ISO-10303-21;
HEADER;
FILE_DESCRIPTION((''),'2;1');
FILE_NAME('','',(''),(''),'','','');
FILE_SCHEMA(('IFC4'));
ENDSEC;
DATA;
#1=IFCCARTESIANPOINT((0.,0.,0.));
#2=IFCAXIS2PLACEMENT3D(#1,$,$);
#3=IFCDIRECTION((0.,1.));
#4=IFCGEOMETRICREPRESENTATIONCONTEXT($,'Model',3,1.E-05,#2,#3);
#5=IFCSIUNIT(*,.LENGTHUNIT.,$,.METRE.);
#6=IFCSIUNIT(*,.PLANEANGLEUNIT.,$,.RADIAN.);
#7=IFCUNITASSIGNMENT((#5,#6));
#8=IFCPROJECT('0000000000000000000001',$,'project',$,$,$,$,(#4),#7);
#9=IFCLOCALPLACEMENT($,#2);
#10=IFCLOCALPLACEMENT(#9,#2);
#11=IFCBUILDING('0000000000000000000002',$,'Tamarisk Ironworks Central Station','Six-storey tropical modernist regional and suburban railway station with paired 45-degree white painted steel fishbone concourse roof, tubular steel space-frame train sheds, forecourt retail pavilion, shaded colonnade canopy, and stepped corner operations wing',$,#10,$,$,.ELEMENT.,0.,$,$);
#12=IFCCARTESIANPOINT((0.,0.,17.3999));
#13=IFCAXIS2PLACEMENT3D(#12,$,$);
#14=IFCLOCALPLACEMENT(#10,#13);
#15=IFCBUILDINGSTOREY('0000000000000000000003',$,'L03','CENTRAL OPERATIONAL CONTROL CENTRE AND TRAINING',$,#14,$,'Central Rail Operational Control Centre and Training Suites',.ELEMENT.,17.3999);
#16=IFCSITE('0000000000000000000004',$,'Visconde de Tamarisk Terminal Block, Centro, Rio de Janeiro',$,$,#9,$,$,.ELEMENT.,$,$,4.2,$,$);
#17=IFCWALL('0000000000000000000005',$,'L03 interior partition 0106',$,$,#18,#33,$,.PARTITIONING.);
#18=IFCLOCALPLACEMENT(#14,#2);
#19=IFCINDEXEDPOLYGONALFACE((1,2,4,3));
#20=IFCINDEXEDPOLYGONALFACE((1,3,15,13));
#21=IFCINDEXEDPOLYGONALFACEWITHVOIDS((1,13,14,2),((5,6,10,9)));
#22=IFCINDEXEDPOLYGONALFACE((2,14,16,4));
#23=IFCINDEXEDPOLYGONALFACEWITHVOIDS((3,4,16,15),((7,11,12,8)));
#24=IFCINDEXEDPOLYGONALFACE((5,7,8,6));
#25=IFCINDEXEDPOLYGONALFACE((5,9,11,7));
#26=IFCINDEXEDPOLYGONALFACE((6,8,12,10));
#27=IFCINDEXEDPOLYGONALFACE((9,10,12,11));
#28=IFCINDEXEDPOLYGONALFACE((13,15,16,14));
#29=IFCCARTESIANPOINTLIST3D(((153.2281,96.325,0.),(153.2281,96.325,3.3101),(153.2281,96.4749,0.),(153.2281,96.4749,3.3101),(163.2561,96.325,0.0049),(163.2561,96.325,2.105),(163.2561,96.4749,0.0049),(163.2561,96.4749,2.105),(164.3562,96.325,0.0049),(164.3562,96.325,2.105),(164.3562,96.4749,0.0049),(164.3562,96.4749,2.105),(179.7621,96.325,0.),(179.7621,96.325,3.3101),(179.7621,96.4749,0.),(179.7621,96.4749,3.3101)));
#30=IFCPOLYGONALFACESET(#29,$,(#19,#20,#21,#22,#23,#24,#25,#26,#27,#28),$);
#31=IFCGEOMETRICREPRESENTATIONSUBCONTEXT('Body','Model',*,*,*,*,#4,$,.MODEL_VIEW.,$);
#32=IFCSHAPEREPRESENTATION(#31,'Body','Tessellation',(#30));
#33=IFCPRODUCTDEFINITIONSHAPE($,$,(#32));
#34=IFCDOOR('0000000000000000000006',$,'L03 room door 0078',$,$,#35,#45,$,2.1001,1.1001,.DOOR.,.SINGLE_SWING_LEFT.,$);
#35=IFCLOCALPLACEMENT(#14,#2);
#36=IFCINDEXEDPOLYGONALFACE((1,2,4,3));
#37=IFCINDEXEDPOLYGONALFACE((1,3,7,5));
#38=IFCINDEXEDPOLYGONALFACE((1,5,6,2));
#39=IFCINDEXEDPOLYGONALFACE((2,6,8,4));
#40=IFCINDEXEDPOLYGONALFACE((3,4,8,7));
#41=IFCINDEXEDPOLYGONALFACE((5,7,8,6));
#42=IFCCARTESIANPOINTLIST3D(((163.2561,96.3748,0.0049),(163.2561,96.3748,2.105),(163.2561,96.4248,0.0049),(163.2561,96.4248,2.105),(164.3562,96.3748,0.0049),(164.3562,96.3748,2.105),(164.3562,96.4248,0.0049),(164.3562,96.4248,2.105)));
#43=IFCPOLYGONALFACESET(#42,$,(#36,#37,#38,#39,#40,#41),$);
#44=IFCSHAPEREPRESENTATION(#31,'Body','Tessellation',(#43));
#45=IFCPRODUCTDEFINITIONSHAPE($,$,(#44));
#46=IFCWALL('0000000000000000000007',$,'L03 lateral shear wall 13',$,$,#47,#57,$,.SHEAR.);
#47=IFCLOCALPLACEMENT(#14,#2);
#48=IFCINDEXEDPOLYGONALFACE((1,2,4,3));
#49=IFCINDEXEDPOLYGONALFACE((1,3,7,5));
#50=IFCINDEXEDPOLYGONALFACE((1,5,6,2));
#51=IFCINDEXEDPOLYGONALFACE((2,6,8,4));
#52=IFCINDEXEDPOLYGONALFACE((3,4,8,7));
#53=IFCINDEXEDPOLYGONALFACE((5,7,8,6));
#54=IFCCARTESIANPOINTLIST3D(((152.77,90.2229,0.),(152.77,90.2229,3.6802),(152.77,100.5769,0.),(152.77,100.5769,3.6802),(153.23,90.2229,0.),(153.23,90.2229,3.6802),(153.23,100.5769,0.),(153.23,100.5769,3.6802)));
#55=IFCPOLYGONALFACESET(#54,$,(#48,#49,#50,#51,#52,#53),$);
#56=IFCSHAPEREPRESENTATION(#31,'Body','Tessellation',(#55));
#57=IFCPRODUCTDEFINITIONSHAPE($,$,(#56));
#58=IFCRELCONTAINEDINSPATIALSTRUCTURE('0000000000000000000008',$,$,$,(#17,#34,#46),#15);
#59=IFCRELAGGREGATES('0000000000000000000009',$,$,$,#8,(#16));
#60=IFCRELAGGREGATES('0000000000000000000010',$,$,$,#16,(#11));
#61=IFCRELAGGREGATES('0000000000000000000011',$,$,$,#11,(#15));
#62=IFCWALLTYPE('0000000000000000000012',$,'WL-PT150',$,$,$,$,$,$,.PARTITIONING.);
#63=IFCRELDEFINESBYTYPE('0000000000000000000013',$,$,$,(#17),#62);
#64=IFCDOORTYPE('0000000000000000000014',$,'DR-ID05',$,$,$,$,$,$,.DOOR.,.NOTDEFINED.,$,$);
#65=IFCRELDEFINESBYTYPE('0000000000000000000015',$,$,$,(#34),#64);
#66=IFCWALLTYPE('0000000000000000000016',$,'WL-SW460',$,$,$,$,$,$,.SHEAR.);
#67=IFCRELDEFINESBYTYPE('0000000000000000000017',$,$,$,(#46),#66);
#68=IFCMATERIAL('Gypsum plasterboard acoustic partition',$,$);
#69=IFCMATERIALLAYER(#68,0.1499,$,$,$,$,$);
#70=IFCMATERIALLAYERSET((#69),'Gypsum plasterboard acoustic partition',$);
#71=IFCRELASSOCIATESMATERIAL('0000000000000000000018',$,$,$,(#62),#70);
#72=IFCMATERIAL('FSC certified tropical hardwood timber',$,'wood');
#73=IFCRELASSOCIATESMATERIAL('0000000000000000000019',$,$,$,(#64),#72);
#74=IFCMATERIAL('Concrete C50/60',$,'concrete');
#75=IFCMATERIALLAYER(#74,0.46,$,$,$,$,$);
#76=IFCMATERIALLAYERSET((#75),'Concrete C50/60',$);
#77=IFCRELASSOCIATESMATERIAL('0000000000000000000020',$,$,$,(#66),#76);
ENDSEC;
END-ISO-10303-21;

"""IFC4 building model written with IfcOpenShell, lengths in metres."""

from ifc_helpers import new_model, si_unit, direction, frame, frame_2d, origin, place, context, subcontext, project, spatial, rectangle, extrude, material, layer, layer_set, type_object, element, fill, save


model = new_model("IFC4")

# Units and contexts
model_context = context("Model", 3, precision=1e-05, world=origin(), true_north=direction((0.0, 1.0)))
body_context = subcontext(model_context, "Body", "Model", "MODEL_VIEW")
ifc_project = project(units=[si_unit("LENGTHUNIT", "METRE"), si_unit("PLANEANGLEUNIT", "RADIAN")], contexts=[model_context])

# Site, building, storey
site_placement = place(None, origin())
site = spatial("IfcSite", under=ifc_project, at=site_placement, Name="Visconde de Tamarisk Terminal Block, Centro, Rio de Janeiro", CompositionType="ELEMENT", RefElevation=4.2)
building_placement = place(site_placement, origin())
building = spatial("IfcBuilding", under=site, at=building_placement, Name="Tamarisk Ironworks Central Station", Description="Six-storey tropical modernist regional and suburban railway station with paired 45-degree white painted steel fishbone concourse roof, tubular steel space-frame train sheds, forecourt retail pavilion, shaded colonnade canopy, and stepped corner operations wing", CompositionType="ELEMENT", ElevationOfRefHeight=0.0)
storey_placement = place(building_placement, frame((0.0, 0.0, 17.3999)))
storey = spatial("IfcBuildingStorey", under=building, at=storey_placement, Name="L03", Description="CENTRAL OPERATIONAL CONTROL CENTRE AND TRAINING", LongName="Central Rail Operational Control Centre and Training Suites", CompositionType="ELEMENT", Elevation=17.3999)

# Shared definitions
ifc_material_1 = material(Name="Gypsum plasterboard acoustic partition")

# Wall, opening, door
ifc_layer_1 = layer(ifc_material_1, 0.1499)
ifc_layer_set_1 = layer_set([ifc_layer_1], Name="Gypsum plasterboard acoustic partition")
wall_type_1 = type_object("IfcWallType", Name="WL-PT150", PredefinedType="PARTITIONING", material=ifc_layer_set_1)
ifc_material_2 = material(Name="FSC certified tropical hardwood timber", Category="wood")
door_type = type_object("IfcDoorType", Name="DR-ID05", OperationType="NOTDEFINED", PredefinedType="DOOR", material=ifc_material_2)
wall_1_placement = place(storey_placement, frame((153.228, 96.3999, 0.0), z_axis=(0.0, 0.0, 1.0), x_axis=(1.0, 0.0, 0.0)))
wall_1 = element("IfcWall", 1, at=wall_1_placement, inside=storey, type_object=wall_type_1, Name="L03 interior partition 0106", PredefinedType="PARTITIONING", context=body_context, shape_type="SweptSolid", body=[
    extrude(rectangle(XDim=26.5339, YDim=0.1499, at=frame_2d((13.2671, 0.0))), origin(), (0.0, 0.0, 1.0), 3.3101),
])
opening_1_placement = place(wall_1_placement, frame((10.0281, 0.0, 0.0049)))
opening_1 = element("IfcOpeningElement", 2, at=opening_1_placement, cuts=wall_1, PredefinedType="OPENING", context=body_context, shape_type="SweptSolid", body=[
    extrude(rectangle(XDim=1.1001, YDim=2.1001, at=frame_2d((0.55, 1.05))), frame((0.0, 0.0869, 0.0), z_axis=(0.0, -1.0, 0.0), x_axis=(1.0, 0.0, 0.0)), (0.0, 0.0, 1.0), 0.1738),
])
door_1_placement = place(opening_1_placement, origin())
door_1 = element("IfcDoor", 3, at=door_1_placement, inside=storey, type_object=door_type, Name="L03 room door 0078", OperationType="SINGLE_SWING_LEFT", OverallHeight=2.1001, OverallWidth=1.1001, PredefinedType="DOOR", context=body_context, shape_type="SweptSolid", body=[
    extrude(rectangle(XDim=1.1001, YDim=2.1001, at=frame_2d((0.55, 1.05))), frame((0.0, 0.0249, 0.0), z_axis=(0.0, -1.0, 0.0), x_axis=(1.0, 0.0, 0.0)), (0.0, 0.0, 1.0), 0.05),
])
fill(opening_1, door_1)

# Wall
ifc_material_3 = material(Name="Concrete C50/60", Category="concrete")
ifc_layer_2 = layer(ifc_material_3, 0.46)
ifc_layer_set_2 = layer_set([ifc_layer_2], Name="Concrete C50/60")
wall_type_2 = type_object("IfcWallType", Name="WL-SW460", PredefinedType="SHEAR", material=ifc_layer_set_2)
wall_2_placement = place(storey_placement, frame((153.0, 90.2229, 0.0), z_axis=(0.0, 0.0, 1.0), x_axis=(0.0, 1.0, 0.0)))
element("IfcWall", 4, at=wall_2_placement, inside=storey, type_object=wall_type_2, Name="L03 lateral shear wall 13", PredefinedType="SHEAR", context=body_context, shape_type="SweptSolid", body=[
    extrude(rectangle(XDim=10.354, YDim=0.46, at=frame_2d((5.177, 0.0))), origin(), (0.0, 0.0, 1.0), 3.6802),
])

save(model, "model.ifc")
